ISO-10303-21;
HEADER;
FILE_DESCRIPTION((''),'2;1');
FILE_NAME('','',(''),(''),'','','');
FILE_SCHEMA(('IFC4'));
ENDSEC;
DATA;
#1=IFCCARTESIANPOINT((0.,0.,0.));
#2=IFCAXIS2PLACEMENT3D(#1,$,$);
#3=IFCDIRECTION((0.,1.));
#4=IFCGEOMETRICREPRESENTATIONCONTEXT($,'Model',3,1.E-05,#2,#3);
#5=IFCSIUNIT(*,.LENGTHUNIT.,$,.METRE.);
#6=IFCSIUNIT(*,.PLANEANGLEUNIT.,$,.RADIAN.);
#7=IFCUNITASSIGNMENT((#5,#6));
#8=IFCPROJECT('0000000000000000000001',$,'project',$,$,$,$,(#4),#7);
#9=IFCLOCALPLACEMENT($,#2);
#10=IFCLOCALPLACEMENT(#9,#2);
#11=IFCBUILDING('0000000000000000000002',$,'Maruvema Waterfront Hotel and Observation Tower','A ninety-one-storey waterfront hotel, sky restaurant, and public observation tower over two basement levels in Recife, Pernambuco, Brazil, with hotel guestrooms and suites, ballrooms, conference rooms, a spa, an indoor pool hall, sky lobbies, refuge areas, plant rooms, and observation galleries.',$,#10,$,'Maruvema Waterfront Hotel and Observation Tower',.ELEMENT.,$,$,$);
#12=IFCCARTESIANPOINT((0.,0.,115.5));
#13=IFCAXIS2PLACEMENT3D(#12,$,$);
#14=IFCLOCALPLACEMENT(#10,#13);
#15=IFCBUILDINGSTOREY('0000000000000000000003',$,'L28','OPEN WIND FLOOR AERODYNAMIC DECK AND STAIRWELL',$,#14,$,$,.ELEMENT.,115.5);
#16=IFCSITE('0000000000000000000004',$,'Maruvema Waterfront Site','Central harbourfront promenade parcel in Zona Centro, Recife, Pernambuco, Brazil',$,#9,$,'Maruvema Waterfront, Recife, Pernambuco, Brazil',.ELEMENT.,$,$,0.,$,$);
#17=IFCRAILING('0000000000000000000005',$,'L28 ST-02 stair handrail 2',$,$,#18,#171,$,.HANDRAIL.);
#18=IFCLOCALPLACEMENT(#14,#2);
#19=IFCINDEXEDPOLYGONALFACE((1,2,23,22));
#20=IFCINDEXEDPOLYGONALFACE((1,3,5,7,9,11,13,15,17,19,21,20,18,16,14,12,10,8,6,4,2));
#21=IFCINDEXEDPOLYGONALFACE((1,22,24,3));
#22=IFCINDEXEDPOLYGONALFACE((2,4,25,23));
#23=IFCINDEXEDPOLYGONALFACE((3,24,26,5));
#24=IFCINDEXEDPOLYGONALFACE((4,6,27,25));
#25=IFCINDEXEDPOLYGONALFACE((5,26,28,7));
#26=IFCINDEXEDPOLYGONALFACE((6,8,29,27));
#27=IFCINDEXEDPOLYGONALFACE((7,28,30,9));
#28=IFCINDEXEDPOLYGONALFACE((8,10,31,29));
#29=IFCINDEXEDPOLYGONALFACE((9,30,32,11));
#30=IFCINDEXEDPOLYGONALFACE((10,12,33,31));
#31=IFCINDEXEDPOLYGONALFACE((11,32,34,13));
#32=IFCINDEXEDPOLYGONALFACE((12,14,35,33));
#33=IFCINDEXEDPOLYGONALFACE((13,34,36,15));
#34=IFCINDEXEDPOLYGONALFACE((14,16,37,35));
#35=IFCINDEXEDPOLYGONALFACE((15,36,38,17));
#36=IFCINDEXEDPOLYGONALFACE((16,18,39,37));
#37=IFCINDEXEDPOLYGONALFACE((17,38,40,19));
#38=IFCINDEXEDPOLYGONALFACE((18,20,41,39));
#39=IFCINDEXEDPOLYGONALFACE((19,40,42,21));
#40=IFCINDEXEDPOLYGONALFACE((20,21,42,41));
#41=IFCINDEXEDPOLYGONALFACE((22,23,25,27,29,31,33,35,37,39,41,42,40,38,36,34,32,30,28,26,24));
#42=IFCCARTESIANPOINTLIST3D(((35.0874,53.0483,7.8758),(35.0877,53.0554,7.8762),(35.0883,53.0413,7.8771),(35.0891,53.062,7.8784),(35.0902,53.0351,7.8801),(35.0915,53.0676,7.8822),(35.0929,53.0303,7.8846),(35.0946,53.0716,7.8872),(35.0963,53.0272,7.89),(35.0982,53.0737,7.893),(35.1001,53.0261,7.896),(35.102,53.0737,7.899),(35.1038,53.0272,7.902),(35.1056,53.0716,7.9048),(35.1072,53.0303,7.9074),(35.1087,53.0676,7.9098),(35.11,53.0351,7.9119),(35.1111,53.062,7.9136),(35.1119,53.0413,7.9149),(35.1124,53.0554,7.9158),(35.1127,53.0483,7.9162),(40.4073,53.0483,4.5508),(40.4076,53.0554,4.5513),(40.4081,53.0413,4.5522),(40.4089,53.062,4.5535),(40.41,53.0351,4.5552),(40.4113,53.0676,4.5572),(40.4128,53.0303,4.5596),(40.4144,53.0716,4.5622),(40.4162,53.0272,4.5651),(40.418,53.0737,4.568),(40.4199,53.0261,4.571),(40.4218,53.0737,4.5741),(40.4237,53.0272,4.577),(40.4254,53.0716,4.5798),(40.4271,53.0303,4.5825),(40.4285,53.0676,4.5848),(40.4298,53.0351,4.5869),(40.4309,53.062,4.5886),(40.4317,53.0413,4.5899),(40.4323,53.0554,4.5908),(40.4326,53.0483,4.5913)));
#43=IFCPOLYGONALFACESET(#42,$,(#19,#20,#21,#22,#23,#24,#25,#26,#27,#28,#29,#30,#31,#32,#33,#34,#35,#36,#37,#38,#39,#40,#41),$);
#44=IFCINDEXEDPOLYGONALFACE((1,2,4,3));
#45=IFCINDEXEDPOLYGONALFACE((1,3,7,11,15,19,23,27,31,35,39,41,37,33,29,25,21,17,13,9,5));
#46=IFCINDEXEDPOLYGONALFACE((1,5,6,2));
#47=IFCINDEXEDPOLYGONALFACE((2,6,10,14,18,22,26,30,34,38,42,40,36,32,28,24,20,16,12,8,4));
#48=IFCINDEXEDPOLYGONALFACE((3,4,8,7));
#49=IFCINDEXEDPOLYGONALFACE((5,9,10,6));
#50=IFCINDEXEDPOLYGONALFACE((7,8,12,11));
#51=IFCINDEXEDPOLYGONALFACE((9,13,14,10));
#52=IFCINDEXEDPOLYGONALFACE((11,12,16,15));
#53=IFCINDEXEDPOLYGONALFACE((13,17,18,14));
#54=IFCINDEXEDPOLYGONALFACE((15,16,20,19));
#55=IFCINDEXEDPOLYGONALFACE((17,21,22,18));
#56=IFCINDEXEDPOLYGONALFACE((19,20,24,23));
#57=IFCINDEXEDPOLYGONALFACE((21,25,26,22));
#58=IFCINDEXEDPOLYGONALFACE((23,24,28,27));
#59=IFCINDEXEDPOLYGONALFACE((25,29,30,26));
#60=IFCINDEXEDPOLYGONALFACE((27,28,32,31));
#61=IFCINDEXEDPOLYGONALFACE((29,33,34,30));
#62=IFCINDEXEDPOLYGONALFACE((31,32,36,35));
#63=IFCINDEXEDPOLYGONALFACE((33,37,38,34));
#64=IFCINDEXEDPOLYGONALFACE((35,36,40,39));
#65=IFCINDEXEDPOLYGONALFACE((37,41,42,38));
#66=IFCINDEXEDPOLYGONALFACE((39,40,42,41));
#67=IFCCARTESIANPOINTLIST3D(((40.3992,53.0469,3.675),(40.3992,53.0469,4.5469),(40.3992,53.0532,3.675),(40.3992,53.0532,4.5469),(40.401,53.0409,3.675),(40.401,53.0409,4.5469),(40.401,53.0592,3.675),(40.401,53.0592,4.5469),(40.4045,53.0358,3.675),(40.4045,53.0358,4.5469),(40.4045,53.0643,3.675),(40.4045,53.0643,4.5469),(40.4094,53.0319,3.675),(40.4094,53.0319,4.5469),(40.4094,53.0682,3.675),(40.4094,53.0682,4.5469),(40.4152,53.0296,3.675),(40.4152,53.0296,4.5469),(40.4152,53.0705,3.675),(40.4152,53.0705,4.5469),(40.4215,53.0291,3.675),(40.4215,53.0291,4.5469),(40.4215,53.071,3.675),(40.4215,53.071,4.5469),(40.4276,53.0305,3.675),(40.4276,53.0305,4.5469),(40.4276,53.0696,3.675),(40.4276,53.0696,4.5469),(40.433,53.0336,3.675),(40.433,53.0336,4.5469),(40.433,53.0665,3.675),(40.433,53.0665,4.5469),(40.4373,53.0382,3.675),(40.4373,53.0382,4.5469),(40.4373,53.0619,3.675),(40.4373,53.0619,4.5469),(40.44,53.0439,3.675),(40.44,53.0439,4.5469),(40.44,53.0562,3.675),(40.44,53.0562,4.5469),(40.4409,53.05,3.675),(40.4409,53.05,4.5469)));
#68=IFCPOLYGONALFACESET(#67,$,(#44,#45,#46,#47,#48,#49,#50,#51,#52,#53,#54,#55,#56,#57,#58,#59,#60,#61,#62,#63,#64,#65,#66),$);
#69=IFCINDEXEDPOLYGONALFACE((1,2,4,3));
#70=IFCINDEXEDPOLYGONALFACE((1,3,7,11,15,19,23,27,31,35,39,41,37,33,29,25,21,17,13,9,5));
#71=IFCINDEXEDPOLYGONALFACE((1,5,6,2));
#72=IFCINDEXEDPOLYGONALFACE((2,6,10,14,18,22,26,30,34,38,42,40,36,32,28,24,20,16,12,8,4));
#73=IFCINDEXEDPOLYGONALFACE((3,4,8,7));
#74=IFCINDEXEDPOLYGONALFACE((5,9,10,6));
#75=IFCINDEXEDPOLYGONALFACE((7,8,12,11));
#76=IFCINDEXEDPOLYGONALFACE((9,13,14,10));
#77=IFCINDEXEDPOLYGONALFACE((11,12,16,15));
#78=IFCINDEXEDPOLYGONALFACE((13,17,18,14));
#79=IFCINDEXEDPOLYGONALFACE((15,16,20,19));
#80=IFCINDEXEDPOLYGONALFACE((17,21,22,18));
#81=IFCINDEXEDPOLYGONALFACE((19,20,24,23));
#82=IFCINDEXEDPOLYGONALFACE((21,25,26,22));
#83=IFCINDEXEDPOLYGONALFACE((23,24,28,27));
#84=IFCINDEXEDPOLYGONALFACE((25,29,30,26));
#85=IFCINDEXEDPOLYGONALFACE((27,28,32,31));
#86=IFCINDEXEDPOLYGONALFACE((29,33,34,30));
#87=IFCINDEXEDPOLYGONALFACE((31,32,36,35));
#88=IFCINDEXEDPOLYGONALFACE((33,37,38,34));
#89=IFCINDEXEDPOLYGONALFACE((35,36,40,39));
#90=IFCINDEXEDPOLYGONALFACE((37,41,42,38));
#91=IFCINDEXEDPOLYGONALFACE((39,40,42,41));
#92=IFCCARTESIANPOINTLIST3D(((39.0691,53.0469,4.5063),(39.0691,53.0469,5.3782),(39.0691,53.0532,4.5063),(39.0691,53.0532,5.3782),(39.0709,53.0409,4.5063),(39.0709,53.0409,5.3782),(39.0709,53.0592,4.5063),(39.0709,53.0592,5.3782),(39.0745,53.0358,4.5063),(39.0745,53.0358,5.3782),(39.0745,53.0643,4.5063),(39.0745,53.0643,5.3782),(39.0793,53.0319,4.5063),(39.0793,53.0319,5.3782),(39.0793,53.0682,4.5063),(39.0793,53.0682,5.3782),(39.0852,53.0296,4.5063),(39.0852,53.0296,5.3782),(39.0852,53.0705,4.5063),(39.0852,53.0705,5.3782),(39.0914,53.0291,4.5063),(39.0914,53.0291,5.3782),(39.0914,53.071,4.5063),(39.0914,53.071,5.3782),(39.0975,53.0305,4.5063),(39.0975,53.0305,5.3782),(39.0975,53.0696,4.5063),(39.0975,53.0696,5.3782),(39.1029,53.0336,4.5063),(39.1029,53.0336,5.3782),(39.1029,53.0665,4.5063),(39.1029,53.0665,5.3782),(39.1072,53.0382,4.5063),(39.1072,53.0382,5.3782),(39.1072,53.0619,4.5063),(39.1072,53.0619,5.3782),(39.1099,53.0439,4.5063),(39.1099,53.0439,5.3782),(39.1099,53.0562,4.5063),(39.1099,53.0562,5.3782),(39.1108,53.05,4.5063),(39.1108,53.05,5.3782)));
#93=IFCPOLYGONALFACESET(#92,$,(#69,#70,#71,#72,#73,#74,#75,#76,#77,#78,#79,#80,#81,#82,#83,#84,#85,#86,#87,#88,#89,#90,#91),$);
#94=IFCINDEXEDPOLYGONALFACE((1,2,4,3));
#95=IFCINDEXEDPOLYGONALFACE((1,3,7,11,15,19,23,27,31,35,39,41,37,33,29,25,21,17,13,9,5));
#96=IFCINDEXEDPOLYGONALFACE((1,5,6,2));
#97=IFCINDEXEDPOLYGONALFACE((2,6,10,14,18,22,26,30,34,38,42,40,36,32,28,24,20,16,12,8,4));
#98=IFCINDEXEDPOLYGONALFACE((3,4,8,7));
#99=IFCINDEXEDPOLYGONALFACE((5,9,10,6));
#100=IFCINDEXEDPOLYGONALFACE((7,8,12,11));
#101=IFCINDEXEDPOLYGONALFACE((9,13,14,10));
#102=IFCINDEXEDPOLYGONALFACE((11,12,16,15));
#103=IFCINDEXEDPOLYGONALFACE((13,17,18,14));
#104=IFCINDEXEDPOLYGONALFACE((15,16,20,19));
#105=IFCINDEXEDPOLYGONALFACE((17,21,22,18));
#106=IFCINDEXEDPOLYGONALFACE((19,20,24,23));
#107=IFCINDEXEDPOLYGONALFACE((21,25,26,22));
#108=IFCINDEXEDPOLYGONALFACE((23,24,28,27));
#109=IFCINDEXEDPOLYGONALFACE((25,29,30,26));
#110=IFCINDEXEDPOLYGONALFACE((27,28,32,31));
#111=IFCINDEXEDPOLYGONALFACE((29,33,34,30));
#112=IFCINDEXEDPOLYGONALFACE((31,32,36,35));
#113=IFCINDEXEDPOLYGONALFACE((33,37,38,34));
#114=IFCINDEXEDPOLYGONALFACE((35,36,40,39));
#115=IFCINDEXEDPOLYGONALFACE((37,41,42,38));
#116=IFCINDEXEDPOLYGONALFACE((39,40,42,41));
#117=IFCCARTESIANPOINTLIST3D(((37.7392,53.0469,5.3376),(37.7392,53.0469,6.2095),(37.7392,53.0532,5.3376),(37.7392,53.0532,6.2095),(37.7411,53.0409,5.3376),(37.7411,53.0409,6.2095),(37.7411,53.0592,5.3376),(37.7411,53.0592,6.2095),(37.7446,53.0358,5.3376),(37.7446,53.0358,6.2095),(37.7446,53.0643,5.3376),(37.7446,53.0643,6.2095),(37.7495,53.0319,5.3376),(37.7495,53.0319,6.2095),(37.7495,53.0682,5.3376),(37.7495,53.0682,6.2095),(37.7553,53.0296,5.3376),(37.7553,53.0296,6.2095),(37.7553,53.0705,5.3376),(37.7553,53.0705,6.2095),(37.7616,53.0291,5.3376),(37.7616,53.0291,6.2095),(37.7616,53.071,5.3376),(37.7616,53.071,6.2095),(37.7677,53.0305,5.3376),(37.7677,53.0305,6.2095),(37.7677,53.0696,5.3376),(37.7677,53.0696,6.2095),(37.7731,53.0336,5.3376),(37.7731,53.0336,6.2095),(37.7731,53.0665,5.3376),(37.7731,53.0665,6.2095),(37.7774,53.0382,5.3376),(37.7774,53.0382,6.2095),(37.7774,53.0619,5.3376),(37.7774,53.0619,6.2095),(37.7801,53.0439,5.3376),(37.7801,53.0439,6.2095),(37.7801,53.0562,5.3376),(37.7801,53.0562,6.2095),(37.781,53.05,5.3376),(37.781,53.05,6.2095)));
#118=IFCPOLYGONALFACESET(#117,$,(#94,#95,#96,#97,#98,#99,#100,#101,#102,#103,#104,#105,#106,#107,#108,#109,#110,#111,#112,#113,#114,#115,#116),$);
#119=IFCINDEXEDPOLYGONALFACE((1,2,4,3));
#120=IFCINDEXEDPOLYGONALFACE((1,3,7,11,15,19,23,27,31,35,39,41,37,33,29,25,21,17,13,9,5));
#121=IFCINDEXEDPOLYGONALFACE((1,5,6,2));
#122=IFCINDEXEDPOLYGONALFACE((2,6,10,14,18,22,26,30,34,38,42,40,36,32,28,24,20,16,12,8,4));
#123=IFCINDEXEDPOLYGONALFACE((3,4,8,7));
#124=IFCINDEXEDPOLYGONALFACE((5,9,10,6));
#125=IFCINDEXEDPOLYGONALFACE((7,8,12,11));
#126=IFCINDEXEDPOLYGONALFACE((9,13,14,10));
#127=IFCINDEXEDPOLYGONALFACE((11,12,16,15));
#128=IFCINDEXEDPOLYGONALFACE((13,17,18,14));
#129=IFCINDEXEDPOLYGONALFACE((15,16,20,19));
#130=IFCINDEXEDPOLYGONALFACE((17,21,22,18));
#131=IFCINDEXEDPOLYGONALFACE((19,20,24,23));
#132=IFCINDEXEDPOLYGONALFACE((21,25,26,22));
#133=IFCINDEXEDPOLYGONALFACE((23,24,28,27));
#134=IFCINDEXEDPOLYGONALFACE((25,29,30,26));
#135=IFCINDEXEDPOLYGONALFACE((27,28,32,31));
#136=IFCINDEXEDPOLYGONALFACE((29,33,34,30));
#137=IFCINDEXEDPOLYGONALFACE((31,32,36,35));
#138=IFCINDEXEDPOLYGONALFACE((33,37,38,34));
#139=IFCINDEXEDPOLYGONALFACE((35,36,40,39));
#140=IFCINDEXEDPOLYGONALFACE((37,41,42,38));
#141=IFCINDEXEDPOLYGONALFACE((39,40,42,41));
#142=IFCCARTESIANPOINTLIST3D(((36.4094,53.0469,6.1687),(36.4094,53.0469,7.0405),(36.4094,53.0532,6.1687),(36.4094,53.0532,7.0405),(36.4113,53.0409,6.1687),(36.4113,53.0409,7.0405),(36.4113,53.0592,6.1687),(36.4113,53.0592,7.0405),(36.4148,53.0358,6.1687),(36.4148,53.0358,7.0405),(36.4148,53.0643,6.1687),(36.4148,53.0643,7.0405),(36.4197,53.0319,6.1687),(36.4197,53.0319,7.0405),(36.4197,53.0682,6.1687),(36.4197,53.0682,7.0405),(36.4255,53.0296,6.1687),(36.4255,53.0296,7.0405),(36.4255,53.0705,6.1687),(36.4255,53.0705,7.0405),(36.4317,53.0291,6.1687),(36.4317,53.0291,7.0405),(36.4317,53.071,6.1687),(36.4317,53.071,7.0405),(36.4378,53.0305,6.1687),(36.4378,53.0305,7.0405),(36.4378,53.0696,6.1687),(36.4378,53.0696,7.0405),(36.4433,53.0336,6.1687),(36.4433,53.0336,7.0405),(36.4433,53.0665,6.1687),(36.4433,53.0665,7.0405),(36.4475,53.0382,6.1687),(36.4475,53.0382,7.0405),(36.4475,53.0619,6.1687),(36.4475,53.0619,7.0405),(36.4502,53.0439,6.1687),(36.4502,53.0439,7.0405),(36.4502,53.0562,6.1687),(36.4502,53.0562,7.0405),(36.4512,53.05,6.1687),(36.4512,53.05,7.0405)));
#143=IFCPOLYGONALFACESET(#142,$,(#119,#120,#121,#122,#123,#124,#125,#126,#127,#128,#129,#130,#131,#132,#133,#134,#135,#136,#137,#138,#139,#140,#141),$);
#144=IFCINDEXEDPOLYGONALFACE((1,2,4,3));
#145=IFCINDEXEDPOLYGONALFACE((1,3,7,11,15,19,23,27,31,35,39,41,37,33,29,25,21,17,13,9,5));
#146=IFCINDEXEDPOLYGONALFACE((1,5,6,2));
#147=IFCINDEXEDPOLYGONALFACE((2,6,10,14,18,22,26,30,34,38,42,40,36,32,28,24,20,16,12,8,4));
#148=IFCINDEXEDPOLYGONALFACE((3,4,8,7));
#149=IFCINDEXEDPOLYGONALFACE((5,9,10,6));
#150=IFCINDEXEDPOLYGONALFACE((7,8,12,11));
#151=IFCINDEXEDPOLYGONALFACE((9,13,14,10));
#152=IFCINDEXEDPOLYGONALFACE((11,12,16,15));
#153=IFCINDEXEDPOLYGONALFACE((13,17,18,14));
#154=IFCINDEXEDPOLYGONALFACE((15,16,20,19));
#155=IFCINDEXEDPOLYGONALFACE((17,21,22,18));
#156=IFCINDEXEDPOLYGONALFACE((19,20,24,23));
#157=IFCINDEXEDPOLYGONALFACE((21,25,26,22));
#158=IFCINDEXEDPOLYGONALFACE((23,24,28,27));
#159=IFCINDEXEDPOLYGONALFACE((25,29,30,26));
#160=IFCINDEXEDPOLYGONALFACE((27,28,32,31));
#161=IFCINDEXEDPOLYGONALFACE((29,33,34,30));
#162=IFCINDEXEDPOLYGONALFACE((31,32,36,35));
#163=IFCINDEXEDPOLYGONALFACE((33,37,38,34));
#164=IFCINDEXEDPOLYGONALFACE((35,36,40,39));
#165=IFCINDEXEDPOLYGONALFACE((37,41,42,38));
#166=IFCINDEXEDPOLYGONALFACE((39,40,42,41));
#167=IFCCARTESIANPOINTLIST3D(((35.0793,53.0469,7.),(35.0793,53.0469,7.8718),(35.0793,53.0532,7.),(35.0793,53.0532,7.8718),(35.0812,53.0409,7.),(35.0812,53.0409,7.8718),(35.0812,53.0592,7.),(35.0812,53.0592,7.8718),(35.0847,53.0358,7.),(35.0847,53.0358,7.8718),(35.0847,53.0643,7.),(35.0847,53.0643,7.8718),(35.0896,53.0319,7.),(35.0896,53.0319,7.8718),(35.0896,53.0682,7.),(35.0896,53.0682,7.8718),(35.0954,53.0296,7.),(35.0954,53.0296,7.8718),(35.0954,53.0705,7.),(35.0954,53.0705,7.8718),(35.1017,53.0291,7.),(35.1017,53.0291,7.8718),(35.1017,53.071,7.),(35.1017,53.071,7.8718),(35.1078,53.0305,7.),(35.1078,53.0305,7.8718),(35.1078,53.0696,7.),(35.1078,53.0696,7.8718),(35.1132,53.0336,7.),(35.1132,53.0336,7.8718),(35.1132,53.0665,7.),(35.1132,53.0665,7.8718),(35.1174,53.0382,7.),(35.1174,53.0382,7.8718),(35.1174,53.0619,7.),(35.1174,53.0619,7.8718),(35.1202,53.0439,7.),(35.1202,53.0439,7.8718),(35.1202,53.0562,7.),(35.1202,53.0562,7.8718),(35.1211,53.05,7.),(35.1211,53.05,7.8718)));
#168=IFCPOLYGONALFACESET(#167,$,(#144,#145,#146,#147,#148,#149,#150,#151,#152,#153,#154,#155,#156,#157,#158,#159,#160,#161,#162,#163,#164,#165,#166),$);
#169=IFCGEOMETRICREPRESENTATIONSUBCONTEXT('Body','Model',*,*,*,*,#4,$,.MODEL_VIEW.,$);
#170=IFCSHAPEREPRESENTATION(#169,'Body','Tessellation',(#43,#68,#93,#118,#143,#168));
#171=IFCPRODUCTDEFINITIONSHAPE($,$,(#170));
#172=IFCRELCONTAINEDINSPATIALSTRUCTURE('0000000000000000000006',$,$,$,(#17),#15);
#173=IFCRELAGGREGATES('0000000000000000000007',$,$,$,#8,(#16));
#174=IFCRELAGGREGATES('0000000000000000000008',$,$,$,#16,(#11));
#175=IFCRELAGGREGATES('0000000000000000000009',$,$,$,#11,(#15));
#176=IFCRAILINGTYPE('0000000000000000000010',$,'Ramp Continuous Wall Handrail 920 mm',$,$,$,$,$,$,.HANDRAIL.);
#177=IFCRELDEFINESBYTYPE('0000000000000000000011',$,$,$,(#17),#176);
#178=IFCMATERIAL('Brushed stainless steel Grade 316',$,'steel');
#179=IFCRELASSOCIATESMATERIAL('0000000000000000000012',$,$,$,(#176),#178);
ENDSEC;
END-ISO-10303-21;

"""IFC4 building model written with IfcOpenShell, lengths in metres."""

from ifc_helpers import new_model, si_unit, direction, frame, origin, origin_2d, place, context, subcontext, project, spatial, circle, extrude, material, type_object, element, save


model = new_model("IFC4")

# Units and contexts
model_context = context("Model", 3, precision=1e-05, world=origin(), true_north=direction((0.0, 1.0)))
body_context = subcontext(model_context, "Body", "Model", "MODEL_VIEW")
ifc_project = project(units=[si_unit("LENGTHUNIT", "METRE"), si_unit("PLANEANGLEUNIT", "RADIAN")], contexts=[model_context])

# Site, building, storey
site_placement = place(None, origin())
site = spatial("IfcSite", under=ifc_project, at=site_placement, Name="Maruvema Waterfront Site", Description="Central harbourfront promenade parcel in Zona Centro, Recife, Pernambuco, Brazil", LongName="Maruvema Waterfront, Recife, Pernambuco, Brazil", CompositionType="ELEMENT", RefElevation=0.0)
building_placement = place(site_placement, origin())
building = spatial("IfcBuilding", under=site, at=building_placement, Name="Maruvema Waterfront Hotel and Observation Tower", Description="A ninety-one-storey waterfront hotel, sky restaurant, and public observation tower over two basement levels in Recife, Pernambuco, Brazil, with hotel guestrooms and suites, ballrooms, conference rooms, a spa, an indoor pool hall, sky lobbies, refuge areas, plant rooms, and observation galleries.", LongName="Maruvema Waterfront Hotel and Observation Tower", CompositionType="ELEMENT")
storey_placement = place(building_placement, frame((0.0, 0.0, 115.5)))
storey = spatial("IfcBuildingStorey", under=building, at=storey_placement, Name="L28", Description="OPEN WIND FLOOR AERODYNAMIC DECK AND STAIRWELL", CompositionType="ELEMENT", Elevation=115.5)

# Railing
ifc_material_1 = material(Name="Brushed stainless steel Grade 316", Category="steel")
railing_type_1 = type_object("IfcRailingType", Name="Ramp Continuous Wall Handrail 920 mm", PredefinedType="HANDRAIL", material=ifc_material_1)
railing_1_placement = place(storey_placement, frame((40.4199, 53.05, 3.675)))
element("IfcRailing", 1, at=railing_1_placement, inside=storey, type_object=railing_type_1, Name="L28 ST-02 stair handrail 2", PredefinedType="HANDRAIL", context=body_context, shape_type="SweptSolid", body=[
    extrude(circle(Radius=0.0239, at=origin_2d()), frame((0.0, 0.0, 0.896), z_axis=(-0.847994, 0.0, 0.530006), x_axis=(0.0, -1.0, 0.0)), (0.0, 0.0, 1.0), 6.2734),
    extrude(circle(Radius=0.021, at=origin_2d()), origin(), (0.0, 0.0, 1.0), 0.8718),
    extrude(circle(Radius=0.021, at=origin_2d()), frame((-1.3301, 0.0, 0.8313)), (0.0, 0.0, 1.0), 0.8718),
    extrude(circle(Radius=0.021, at=origin_2d()), frame((-2.6599, 0.0, 1.6626)), (0.0, 0.0, 1.0), 0.8718),
    extrude(circle(Radius=0.021, at=origin_2d()), frame((-3.9897, 0.0, 2.4937)), (0.0, 0.0, 1.0), 0.8718),
    extrude(circle(Radius=0.021, at=origin_2d()), frame((-5.3198, 0.0, 3.325)), (0.0, 0.0, 1.0), 0.8718),
])

save(model, "model.ifc")
